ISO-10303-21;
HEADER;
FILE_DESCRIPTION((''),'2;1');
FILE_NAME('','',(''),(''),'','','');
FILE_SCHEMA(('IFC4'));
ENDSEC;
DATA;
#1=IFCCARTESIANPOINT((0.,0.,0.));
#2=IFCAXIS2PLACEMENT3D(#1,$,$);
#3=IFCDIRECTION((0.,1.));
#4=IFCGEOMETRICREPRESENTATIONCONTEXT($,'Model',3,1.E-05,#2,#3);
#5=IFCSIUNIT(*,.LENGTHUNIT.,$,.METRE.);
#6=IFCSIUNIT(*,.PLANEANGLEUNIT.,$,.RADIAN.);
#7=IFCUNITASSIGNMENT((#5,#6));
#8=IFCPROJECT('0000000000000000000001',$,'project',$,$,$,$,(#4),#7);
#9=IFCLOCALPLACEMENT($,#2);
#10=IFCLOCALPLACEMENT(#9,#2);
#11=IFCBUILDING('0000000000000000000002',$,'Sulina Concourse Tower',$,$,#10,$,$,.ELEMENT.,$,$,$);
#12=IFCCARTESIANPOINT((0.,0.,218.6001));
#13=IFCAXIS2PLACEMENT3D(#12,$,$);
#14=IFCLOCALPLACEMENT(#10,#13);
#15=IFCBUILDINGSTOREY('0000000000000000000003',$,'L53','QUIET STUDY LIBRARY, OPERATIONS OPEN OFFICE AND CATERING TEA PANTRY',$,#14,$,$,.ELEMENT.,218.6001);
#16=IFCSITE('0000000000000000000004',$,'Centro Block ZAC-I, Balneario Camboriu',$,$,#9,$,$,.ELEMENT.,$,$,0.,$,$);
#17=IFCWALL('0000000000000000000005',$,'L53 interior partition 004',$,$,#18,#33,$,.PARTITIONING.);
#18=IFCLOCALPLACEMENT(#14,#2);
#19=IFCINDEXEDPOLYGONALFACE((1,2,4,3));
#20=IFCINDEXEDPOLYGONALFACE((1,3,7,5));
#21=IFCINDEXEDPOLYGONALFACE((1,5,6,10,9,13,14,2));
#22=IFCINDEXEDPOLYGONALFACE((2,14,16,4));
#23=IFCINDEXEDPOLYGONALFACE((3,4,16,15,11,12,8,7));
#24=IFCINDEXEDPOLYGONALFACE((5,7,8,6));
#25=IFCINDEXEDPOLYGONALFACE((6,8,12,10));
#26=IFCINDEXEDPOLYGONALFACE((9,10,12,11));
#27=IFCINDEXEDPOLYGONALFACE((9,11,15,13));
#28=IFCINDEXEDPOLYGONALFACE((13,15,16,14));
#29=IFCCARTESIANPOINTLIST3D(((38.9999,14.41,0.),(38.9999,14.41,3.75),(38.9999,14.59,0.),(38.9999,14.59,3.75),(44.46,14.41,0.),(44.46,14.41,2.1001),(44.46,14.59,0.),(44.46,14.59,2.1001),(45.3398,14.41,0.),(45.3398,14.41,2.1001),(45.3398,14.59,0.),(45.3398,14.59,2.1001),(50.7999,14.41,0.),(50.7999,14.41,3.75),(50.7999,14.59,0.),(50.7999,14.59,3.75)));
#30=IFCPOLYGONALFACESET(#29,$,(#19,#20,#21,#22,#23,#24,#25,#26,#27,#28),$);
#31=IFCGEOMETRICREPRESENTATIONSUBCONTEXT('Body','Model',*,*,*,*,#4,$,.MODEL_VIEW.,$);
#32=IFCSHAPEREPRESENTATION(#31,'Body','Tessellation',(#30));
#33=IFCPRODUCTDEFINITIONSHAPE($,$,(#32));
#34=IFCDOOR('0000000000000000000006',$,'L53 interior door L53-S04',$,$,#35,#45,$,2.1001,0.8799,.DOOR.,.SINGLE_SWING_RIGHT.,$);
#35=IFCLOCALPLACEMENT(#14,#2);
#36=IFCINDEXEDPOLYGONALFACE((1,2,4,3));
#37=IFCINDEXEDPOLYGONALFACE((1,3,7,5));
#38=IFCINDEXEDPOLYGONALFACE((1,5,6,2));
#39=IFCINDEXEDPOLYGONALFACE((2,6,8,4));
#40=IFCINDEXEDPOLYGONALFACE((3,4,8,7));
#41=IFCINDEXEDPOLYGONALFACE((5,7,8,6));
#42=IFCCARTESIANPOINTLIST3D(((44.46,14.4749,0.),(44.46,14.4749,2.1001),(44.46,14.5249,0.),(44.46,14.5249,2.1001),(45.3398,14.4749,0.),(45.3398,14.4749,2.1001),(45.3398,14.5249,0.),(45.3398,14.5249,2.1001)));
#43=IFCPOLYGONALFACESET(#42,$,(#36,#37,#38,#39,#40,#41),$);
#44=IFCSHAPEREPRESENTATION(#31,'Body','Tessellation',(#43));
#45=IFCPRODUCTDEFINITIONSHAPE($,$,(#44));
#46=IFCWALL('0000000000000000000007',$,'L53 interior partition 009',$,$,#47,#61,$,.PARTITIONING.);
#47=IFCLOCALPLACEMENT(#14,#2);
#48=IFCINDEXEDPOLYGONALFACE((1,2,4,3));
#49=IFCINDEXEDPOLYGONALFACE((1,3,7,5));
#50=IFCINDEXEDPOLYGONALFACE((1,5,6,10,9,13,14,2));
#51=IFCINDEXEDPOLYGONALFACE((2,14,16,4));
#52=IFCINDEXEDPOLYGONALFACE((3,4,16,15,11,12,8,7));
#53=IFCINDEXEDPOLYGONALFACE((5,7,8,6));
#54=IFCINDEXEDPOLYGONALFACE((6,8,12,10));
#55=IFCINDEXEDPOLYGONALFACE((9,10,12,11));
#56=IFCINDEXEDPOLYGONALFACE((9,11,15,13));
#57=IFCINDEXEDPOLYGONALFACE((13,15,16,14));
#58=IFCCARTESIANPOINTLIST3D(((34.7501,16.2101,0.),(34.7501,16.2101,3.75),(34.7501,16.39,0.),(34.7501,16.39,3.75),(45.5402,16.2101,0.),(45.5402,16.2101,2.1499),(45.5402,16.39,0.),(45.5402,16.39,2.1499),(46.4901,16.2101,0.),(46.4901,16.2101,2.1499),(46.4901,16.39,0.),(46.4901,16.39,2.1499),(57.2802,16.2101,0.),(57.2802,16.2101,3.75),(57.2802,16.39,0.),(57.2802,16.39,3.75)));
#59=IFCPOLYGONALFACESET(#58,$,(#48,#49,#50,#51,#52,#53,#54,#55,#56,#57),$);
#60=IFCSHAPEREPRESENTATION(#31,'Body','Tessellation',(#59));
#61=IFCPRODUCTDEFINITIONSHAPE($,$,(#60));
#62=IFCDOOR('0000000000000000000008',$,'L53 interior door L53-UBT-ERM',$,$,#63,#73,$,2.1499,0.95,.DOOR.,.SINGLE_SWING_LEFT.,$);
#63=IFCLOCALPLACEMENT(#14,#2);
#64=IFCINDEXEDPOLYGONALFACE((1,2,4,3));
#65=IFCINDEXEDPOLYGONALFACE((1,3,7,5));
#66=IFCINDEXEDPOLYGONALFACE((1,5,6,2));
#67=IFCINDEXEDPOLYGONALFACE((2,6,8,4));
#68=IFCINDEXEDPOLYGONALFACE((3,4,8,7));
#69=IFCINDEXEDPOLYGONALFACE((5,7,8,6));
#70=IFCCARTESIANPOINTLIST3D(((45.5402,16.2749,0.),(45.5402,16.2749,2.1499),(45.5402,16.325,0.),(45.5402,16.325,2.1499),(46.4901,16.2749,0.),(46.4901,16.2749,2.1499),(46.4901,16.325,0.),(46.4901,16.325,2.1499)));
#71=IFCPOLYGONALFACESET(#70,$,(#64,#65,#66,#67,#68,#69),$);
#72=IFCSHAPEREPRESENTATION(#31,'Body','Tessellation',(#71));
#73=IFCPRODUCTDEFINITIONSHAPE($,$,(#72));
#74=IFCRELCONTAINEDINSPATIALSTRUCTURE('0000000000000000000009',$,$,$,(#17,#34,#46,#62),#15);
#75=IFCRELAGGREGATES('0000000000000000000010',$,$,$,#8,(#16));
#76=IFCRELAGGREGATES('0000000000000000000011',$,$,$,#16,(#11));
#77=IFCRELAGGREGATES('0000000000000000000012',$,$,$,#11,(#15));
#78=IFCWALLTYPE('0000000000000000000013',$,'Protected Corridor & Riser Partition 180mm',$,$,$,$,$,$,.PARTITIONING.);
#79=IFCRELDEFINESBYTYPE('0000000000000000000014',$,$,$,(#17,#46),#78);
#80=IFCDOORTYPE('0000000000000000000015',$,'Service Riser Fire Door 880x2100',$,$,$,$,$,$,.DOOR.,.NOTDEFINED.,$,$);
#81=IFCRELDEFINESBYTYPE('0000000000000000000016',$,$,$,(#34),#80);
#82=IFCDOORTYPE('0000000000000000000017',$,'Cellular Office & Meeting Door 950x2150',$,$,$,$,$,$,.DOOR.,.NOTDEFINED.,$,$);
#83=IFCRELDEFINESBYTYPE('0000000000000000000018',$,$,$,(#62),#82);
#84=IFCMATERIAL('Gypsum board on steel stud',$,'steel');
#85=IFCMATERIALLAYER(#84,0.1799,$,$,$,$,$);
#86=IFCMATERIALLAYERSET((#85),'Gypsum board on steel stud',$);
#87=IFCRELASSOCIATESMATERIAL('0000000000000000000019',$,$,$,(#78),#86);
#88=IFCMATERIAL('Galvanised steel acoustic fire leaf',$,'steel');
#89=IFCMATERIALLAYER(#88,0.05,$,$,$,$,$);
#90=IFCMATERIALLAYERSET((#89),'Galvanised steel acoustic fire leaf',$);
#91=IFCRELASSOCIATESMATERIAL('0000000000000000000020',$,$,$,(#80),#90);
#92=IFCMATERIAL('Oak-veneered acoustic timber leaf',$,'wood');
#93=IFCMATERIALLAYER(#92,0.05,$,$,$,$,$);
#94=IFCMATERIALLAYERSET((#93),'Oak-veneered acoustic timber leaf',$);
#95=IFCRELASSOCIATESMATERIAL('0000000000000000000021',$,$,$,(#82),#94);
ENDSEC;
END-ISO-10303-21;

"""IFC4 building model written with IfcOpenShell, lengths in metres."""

from ifc_helpers import new_model, si_unit, direction, frame, frame_2d, origin, place, context, subcontext, project, spatial, rectangle, extrude, material, layer, layer_set, type_object, element, fill, save


model = new_model("IFC4")

# Units and contexts
model_context = context("Model", 3, precision=1e-05, world=origin(), true_north=direction((0.0, 1.0)))
body_context = subcontext(model_context, "Body", "Model", "MODEL_VIEW")
ifc_project = project(units=[si_unit("LENGTHUNIT", "METRE"), si_unit("PLANEANGLEUNIT", "RADIAN")], contexts=[model_context])

# Site, building, storey
site_placement = place(None, origin())
site = spatial("IfcSite", under=ifc_project, at=site_placement, Name="Centro Block ZAC-I, Balneario Camboriu", CompositionType="ELEMENT", RefElevation=0.0)
building_placement = place(site_placement, origin())
building = spatial("IfcBuilding", under=site, at=building_placement, Name="Sulina Concourse Tower", CompositionType="ELEMENT")
storey_placement = place(building_placement, frame((0.0, 0.0, 218.6001)))
storey = spatial("IfcBuildingStorey", under=building, at=storey_placement, Name="L53", Description="QUIET STUDY LIBRARY, OPERATIONS OPEN OFFICE AND CATERING TEA PANTRY", CompositionType="ELEMENT", Elevation=218.6001)

# Walls, openings, doors
ifc_material_1 = material(Name="Gypsum board on steel stud", Category="steel")
ifc_layer_1 = layer(ifc_material_1, 0.1799)
ifc_layer_set_1 = layer_set([ifc_layer_1], Name="Gypsum board on steel stud")
wall_type_1 = type_object("IfcWallType", Name="Protected Corridor & Riser Partition 180mm", PredefinedType="PARTITIONING", material=ifc_layer_set_1)
wall_1_placement = place(storey_placement, frame((39.0, 14.5, 0.0), z_axis=(0.0, 0.0, 1.0), x_axis=(1.0, 0.0, 0.0)))
wall_1 = element("IfcWall", 1, at=wall_1_placement, inside=storey, type_object=wall_type_1, Name="L53 interior partition 004", PredefinedType="PARTITIONING", context=body_context, shape_type="SweptSolid", body=[
    extrude(rectangle(XDim=11.8, YDim=0.1799, at=frame_2d((5.8999, 0.0))), origin(), (0.0, 0.0, 1.0), 3.75),
])
opening_1_placement = place(wall_1_placement, frame((5.46, 0.0, 0.0)))
opening_1 = element("IfcOpeningElement", 2, at=opening_1_placement, cuts=wall_1, PredefinedType="OPENING", context=body_context, shape_type="SweptSolid", body=[
    extrude(rectangle(XDim=0.8799, YDim=2.1001, at=frame_2d((0.4399, 1.05))), frame((0.0, 0.0999, 0.0), z_axis=(0.0, -1.0, 0.0), x_axis=(1.0, 0.0, 0.0)), (0.0, 0.0, 1.0), 0.2),
])
ifc_material_2 = material(Name="Galvanised steel acoustic fire leaf", Category="steel")
ifc_layer_2 = layer(ifc_material_2, 0.05)
ifc_layer_set_2 = layer_set([ifc_layer_2], Name="Galvanised steel acoustic fire leaf")
door_type_1 = type_object("IfcDoorType", Name="Service Riser Fire Door 880x2100", OperationType="NOTDEFINED", PredefinedType="DOOR", material=ifc_layer_set_2)
door_1_placement = place(opening_1_placement, origin())
door_1 = element("IfcDoor", 3, at=door_1_placement, inside=storey, type_object=door_type_1, Name="L53 interior door L53-S04", OperationType="SINGLE_SWING_RIGHT", OverallHeight=2.1001, OverallWidth=0.8799, PredefinedType="DOOR", context=body_context, shape_type="SweptSolid", body=[
    extrude(rectangle(XDim=0.8799, YDim=2.1001, at=frame_2d((0.4399, 1.05))), frame((0.0, 0.0249, 0.0), z_axis=(0.0, -1.0, 0.0), x_axis=(1.0, 0.0, 0.0)), (0.0, 0.0, 1.0), 0.05),
])
fill(opening_1, door_1)
wall_2_placement = place(storey_placement, frame((34.75, 16.3, 0.0), z_axis=(0.0, 0.0, 1.0), x_axis=(1.0, 0.0, 0.0)))
wall_2 = element("IfcWall", 4, at=wall_2_placement, inside=storey, type_object=wall_type_1, Name="L53 interior partition 009", PredefinedType="PARTITIONING", context=body_context, shape_type="SweptSolid", body=[
    extrude(rectangle(XDim=22.53, YDim=0.1799, at=frame_2d((11.2651, 0.0))), origin(), (0.0, 0.0, 1.0), 3.75),
])
opening_2_placement = place(wall_2_placement, frame((10.79, 0.0, 0.0)))
opening_2 = element("IfcOpeningElement", 5, at=opening_2_placement, cuts=wall_2, PredefinedType="OPENING", context=body_context, shape_type="SweptSolid", body=[
    extrude(rectangle(XDim=0.95, YDim=2.1499, at=frame_2d((0.4751, 1.075))), frame((0.0, 0.0999, 0.0), z_axis=(0.0, -1.0, 0.0), x_axis=(1.0, 0.0, 0.0)), (0.0, 0.0, 1.0), 0.2),
])
ifc_material_3 = material(Name="Oak-veneered acoustic timber leaf", Category="wood")
ifc_layer_3 = layer(ifc_material_3, 0.05)
ifc_layer_set_3 = layer_set([ifc_layer_3], Name="Oak-veneered acoustic timber leaf")
door_type_2 = type_object("IfcDoorType", Name="Cellular Office & Meeting Door 950x2150", OperationType="NOTDEFINED", PredefinedType="DOOR", material=ifc_layer_set_3)
door_2_placement = place(opening_2_placement, origin())
door_2 = element("IfcDoor", 6, at=door_2_placement, inside=storey, type_object=door_type_2, Name="L53 interior door L53-UBT-ERM", OperationType="SINGLE_SWING_LEFT", OverallHeight=2.1499, OverallWidth=0.95, PredefinedType="DOOR", context=body_context, shape_type="SweptSolid", body=[
    extrude(rectangle(XDim=0.95, YDim=2.1499, at=frame_2d((0.4751, 1.075))), frame((0.0, 0.0249, 0.0), z_axis=(0.0, -1.0, 0.0), x_axis=(1.0, 0.0, 0.0)), (0.0, 0.0, 1.0), 0.05),
])
fill(opening_2, door_2)

save(model, "model.ifc")
